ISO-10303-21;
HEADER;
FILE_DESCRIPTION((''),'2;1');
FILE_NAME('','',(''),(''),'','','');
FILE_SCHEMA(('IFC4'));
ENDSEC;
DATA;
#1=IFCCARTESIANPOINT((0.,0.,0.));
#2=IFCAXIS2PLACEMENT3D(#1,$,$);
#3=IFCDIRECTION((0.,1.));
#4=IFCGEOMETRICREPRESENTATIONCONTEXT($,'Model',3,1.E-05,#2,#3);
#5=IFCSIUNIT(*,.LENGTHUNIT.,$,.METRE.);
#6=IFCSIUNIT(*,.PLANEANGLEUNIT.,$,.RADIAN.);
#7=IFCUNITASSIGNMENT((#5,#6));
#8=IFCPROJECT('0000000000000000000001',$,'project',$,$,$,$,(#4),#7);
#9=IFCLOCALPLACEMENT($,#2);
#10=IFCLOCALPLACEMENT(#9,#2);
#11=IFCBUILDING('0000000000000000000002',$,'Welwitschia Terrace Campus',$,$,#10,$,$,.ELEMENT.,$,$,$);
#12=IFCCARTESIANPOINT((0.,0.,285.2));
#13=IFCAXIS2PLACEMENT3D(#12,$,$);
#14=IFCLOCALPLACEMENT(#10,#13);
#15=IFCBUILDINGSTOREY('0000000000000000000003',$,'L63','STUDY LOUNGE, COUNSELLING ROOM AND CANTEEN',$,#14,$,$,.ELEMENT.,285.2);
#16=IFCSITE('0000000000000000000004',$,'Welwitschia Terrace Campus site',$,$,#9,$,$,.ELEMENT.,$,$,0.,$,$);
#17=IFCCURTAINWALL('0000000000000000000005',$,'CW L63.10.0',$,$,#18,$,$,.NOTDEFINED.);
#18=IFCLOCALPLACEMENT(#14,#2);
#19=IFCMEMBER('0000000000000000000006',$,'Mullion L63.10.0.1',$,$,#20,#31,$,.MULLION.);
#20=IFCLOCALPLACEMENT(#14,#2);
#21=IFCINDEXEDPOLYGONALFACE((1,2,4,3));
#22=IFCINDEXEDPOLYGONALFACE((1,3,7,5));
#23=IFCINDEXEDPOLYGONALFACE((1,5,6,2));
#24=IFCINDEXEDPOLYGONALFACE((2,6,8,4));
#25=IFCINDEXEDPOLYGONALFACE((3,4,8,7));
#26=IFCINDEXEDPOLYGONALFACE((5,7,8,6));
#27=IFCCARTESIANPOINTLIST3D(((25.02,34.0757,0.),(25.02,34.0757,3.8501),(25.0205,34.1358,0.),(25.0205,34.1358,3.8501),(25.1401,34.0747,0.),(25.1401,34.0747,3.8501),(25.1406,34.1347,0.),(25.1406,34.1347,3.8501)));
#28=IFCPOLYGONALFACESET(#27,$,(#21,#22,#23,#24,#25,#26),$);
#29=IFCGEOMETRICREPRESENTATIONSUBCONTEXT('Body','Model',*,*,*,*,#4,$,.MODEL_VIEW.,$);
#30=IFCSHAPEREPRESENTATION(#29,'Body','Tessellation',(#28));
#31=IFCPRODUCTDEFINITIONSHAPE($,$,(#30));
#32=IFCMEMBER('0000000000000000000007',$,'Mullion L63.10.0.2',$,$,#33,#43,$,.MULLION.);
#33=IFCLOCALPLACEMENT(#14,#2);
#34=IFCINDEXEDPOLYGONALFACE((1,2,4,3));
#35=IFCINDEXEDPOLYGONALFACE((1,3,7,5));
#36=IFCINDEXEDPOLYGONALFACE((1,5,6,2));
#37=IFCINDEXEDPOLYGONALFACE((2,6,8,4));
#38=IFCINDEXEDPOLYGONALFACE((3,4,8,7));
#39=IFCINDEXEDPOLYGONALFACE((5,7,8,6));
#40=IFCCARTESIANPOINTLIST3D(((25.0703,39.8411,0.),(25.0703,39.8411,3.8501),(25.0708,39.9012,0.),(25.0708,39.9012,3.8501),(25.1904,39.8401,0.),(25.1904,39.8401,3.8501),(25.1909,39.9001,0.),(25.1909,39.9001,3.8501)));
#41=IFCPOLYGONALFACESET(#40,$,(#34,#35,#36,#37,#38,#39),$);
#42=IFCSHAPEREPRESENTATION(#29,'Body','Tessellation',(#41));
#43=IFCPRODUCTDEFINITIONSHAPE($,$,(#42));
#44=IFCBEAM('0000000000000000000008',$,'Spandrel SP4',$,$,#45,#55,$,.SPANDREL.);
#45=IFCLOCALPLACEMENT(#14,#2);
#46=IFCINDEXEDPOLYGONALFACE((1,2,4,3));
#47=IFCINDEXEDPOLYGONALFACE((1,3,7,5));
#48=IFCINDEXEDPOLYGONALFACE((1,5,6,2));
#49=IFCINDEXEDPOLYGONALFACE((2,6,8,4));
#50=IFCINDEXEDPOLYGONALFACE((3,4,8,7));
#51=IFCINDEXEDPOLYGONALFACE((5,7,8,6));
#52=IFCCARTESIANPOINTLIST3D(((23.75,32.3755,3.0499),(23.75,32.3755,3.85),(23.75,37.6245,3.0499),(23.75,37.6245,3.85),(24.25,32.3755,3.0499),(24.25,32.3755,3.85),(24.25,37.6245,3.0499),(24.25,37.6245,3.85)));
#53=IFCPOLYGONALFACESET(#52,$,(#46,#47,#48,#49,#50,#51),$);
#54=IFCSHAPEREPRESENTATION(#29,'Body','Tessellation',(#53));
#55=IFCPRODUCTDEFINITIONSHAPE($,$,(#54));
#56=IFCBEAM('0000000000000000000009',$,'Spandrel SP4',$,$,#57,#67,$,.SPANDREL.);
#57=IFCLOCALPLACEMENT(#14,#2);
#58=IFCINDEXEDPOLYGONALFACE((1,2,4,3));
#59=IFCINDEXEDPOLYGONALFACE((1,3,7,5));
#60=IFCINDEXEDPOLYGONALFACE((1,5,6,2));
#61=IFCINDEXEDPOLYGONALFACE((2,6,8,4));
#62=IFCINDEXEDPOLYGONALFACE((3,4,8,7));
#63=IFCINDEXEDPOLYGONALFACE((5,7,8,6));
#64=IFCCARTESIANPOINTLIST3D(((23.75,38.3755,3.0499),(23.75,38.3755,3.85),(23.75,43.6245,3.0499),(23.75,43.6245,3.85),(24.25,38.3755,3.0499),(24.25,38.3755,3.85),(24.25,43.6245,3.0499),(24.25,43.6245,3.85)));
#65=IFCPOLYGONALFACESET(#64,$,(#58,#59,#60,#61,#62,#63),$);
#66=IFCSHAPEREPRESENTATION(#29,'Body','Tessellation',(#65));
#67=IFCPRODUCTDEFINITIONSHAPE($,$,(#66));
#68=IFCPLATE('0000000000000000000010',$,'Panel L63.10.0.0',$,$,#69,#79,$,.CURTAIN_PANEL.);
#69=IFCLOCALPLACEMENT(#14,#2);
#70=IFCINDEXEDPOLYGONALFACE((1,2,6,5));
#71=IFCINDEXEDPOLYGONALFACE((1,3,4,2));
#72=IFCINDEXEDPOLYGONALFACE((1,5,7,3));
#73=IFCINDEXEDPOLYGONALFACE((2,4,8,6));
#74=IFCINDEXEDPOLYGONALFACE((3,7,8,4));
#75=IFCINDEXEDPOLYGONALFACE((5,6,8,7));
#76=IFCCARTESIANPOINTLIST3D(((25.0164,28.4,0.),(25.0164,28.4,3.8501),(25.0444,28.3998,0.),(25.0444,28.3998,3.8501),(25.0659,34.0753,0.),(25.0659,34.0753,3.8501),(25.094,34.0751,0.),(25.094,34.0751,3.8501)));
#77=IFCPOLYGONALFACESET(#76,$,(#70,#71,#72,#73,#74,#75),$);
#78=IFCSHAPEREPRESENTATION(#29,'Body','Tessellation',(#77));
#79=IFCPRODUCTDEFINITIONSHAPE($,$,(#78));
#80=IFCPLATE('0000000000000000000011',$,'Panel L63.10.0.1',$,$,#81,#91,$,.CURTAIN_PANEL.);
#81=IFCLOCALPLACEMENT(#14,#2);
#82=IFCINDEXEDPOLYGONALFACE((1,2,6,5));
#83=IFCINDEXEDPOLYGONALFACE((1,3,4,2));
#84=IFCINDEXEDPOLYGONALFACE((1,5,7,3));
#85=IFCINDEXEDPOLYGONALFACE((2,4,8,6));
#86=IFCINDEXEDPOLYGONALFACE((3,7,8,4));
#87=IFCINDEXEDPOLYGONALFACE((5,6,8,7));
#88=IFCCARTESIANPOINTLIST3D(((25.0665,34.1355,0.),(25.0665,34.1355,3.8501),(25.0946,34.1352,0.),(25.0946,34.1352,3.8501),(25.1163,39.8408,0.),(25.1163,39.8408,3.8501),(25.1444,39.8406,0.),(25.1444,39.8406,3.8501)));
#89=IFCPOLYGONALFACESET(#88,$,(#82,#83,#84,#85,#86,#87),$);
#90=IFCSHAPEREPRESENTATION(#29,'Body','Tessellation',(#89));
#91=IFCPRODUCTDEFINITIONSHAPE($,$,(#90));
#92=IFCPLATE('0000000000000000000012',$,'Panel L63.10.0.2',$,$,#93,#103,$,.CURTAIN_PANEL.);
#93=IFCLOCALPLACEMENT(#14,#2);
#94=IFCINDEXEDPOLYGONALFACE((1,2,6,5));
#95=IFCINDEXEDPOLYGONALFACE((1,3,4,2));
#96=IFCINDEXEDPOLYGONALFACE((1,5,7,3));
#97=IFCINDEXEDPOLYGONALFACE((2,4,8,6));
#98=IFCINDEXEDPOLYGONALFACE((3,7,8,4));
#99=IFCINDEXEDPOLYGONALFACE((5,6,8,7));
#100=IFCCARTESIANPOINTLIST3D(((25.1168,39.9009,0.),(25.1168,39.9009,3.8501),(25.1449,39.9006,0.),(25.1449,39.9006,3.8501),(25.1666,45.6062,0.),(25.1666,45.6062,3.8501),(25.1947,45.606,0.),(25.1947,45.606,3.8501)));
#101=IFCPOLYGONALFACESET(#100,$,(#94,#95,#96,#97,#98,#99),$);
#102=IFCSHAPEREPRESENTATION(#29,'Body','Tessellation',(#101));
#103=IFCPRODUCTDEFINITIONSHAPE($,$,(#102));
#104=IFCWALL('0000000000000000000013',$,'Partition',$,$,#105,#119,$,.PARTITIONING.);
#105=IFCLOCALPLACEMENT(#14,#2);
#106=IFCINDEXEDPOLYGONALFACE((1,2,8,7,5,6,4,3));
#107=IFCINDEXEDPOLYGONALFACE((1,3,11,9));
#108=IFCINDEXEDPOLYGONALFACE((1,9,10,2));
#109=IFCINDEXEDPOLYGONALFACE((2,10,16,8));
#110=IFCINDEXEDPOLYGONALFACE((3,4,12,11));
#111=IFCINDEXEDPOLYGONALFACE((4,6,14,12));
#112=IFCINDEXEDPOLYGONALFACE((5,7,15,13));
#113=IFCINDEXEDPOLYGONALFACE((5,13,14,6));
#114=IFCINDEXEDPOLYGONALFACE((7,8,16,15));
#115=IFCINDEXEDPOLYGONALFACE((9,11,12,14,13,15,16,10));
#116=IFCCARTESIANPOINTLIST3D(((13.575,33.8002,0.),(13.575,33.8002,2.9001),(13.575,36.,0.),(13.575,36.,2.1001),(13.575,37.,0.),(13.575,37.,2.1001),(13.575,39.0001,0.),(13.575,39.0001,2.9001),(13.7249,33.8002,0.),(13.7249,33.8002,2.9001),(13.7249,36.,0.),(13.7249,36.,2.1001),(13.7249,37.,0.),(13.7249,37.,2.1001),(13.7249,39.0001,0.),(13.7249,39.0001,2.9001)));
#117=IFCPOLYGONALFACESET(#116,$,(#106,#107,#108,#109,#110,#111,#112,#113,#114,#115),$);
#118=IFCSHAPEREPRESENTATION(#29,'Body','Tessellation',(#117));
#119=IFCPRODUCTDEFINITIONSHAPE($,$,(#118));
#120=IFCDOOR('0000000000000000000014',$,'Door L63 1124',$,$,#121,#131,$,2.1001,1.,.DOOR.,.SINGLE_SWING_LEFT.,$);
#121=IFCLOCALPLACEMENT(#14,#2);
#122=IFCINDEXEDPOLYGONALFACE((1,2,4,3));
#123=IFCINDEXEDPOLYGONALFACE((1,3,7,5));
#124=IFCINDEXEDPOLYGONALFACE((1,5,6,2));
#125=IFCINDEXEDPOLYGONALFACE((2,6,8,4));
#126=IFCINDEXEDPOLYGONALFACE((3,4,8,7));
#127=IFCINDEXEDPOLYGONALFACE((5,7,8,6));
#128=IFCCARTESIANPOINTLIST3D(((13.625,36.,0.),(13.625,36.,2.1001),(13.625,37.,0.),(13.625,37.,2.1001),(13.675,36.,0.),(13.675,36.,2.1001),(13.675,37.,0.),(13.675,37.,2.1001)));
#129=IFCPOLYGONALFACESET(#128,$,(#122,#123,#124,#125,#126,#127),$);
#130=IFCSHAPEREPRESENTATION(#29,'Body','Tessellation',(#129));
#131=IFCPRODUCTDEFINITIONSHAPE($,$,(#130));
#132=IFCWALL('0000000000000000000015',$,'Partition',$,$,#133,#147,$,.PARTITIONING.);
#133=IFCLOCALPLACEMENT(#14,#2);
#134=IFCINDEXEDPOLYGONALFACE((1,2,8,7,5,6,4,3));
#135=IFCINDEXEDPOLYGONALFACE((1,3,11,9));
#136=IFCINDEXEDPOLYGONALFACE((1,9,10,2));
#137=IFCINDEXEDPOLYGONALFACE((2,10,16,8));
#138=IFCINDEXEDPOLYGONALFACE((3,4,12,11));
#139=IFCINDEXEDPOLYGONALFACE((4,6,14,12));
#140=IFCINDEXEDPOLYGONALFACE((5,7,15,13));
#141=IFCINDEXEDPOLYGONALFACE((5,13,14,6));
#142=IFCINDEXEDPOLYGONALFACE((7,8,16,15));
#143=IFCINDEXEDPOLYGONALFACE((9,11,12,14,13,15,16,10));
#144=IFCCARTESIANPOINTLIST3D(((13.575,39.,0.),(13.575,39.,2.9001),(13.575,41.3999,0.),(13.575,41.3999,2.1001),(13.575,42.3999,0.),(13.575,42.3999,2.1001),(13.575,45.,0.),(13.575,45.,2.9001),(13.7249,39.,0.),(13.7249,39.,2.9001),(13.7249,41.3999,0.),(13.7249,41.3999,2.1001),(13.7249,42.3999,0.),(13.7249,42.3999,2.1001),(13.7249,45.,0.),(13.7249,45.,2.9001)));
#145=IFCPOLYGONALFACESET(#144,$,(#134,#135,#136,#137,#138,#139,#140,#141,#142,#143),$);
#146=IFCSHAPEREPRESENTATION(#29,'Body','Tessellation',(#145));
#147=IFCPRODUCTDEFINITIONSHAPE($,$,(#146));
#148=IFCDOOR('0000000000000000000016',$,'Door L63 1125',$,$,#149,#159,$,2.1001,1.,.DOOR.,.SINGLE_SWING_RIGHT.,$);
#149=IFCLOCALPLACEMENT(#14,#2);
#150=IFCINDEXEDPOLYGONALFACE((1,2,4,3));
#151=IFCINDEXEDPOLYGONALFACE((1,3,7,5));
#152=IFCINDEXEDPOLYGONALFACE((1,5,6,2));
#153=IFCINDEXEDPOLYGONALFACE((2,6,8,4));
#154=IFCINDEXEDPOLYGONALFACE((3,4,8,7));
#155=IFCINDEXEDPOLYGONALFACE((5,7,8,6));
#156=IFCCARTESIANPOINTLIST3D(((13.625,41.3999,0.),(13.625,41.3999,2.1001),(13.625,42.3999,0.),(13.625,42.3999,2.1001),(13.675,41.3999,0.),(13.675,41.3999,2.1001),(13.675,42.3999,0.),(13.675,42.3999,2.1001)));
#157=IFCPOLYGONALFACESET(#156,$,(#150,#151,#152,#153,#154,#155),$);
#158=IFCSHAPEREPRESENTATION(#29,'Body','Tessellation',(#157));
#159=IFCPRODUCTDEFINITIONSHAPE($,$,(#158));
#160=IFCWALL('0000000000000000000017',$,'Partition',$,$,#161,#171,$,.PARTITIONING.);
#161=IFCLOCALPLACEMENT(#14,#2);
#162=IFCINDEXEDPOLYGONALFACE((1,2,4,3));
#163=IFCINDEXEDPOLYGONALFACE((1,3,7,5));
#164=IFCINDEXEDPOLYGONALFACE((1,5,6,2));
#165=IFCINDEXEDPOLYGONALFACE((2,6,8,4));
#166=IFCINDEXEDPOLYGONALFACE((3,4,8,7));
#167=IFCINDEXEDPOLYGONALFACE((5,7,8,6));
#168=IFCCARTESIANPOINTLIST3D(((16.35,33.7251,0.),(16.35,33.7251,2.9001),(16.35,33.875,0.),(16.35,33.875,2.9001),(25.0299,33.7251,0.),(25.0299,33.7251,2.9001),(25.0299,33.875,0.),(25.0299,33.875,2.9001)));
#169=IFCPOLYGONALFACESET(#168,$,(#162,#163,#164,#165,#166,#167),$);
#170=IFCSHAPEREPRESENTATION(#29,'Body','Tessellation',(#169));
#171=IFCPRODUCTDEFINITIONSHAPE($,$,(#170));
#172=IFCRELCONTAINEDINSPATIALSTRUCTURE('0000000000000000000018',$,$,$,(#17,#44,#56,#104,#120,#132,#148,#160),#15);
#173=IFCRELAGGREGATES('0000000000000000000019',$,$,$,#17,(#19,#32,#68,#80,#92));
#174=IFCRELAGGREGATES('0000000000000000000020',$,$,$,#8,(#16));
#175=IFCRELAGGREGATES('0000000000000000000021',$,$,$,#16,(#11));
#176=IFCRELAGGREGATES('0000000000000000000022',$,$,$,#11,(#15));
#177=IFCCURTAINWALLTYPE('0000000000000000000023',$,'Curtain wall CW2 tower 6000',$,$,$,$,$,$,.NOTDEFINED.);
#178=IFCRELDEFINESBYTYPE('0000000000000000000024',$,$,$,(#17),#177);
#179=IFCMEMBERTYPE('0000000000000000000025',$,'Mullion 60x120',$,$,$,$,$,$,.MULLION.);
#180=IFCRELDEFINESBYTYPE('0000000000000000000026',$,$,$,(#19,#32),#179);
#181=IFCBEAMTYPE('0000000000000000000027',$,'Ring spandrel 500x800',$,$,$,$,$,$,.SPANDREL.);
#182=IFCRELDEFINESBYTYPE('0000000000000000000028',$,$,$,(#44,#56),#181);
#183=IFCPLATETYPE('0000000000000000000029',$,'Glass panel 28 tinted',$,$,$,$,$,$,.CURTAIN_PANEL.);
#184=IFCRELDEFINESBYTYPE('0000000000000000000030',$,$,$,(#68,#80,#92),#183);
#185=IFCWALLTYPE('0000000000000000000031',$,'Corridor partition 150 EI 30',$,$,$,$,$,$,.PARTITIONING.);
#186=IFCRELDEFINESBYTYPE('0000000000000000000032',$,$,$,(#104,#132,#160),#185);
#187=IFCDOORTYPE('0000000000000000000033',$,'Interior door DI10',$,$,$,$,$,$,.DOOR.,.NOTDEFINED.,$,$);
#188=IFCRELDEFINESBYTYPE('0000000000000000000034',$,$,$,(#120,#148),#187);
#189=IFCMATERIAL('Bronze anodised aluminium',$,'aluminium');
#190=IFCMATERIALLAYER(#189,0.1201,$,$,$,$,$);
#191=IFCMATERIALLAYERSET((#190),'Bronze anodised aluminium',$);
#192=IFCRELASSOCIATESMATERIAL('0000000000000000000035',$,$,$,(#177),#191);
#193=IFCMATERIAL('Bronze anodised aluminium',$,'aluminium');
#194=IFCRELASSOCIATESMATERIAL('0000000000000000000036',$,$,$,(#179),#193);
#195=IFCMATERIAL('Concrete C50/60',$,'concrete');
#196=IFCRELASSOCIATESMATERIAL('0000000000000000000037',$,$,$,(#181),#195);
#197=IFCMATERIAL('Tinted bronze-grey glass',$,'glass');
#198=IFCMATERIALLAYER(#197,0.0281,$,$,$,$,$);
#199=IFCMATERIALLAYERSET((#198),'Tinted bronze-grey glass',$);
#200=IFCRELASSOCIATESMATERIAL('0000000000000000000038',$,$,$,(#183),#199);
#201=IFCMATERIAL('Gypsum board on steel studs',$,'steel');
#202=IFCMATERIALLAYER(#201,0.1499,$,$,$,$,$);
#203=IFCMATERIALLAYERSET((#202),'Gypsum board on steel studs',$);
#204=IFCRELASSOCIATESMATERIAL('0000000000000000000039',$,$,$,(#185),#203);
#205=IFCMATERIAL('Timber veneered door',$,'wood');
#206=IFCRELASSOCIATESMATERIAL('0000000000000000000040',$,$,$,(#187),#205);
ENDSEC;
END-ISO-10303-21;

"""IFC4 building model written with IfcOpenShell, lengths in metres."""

from ifc_helpers import new_model, si_unit, direction, frame, frame_2d, origin, origin_2d, place, context, subcontext, project, spatial, rectangle, extrude, material, layer, layer_set, material_profile, profile_set, type_object, element, fill, aggregate, save


model = new_model("IFC4")

# Units and contexts
model_context = context("Model", 3, precision=1e-05, world=origin(), true_north=direction((0.0, 1.0)))
body_context = subcontext(model_context, "Body", "Model", "MODEL_VIEW")
ifc_project = project(units=[si_unit("LENGTHUNIT", "METRE"), si_unit("PLANEANGLEUNIT", "RADIAN")], contexts=[model_context])

# Site, building, storey
site_placement = place(None, origin())
site = spatial("IfcSite", under=ifc_project, at=site_placement, Name="Welwitschia Terrace Campus site", CompositionType="ELEMENT", RefElevation=0.0)
building_placement = place(site_placement, origin())
building = spatial("IfcBuilding", under=site, at=building_placement, Name="Welwitschia Terrace Campus", CompositionType="ELEMENT")
storey_placement = place(building_placement, frame((0.0, 0.0, 285.2)))
storey = spatial("IfcBuildingStorey", under=building, at=storey_placement, Name="L63", Description="STUDY LOUNGE, COUNSELLING ROOM AND CANTEEN", CompositionType="ELEMENT", Elevation=285.2)

# Curtain wall, members
ifc_material_1 = material(Name="Bronze anodised aluminium", Category="aluminium")
ifc_layer_1 = layer(ifc_material_1, 0.1201)
ifc_layer_set_1 = layer_set([ifc_layer_1], Name="Bronze anodised aluminium")
curtain_wall_type = type_object("IfcCurtainWallType", Name="Curtain wall CW2 tower 6000", PredefinedType="NOTDEFINED", material=ifc_layer_set_1)
curtain_wall_placement = place(storey_placement, origin())
curtain_wall = element("IfcCurtainWall", 1, at=curtain_wall_placement, inside=storey, type_object=curtain_wall_type, Name="CW L63.10.0", PredefinedType="NOTDEFINED")
ifc_material_2 = material(Name="Bronze anodised aluminium", Category="aluminium")
ifc_material_profile_1 = material_profile(ifc_material_2, rectangle(XDim=0.1201, YDim=0.0601, at=origin_2d()))
ifc_profile_set_1 = profile_set([ifc_material_profile_1], Name="Bronze anodised aluminium")
member_type = type_object("IfcMemberType", Name="Mullion 60x120", PredefinedType="MULLION", material=ifc_profile_set_1)
member_1_placement = place(storey_placement, frame((25.0803, 34.1052, 0.0), z_axis=(0.0, 0.0, 1.0), x_axis=(-0.999962, 0.008727, 0.0)))
member_1 = element("IfcMember", 2, at=member_1_placement, type_object=member_type, Name="Mullion L63.10.0.1", PredefinedType="MULLION", context=body_context, shape_type="SweptSolid", body=[
    extrude(rectangle(XDim=0.1201, YDim=0.0601, at=origin_2d()), origin(), (0.0, 0.0, 1.0), 3.8501),
])
member_2_placement = place(storey_placement, frame((25.1306, 39.8706, 0.0), z_axis=(0.0, 0.0, 1.0), x_axis=(-0.999962, 0.008727, 0.0)))
member_2 = element("IfcMember", 3, at=member_2_placement, type_object=member_type, Name="Mullion L63.10.0.2", PredefinedType="MULLION", context=body_context, shape_type="SweptSolid", body=[
    extrude(rectangle(XDim=0.1201, YDim=0.0601, at=origin_2d()), origin(), (0.0, 0.0, 1.0), 3.8501),
])

# Beams
ifc_material_3 = material(Name="Concrete C50/60", Category="concrete")
ifc_material_profile_2 = material_profile(ifc_material_3, rectangle(XDim=0.5, YDim=0.8, at=origin_2d()))
ifc_profile_set_2 = profile_set([ifc_material_profile_2], Name="Concrete C50/60")
beam_type_1 = type_object("IfcBeamType", Name="Ring spandrel 500x800", PredefinedType="SPANDREL", material=ifc_profile_set_2)
for number, where, z_axis, x_axis, name in (
    (4, (24.0, 32.3755, 3.45), (0.0, 1.0, 0.0), (-1.0, 0.0, 0.0), "Spandrel SP4"),
    (5, (24.0, 38.3755, 3.45), (0.0, 1.0, 0.0), (-1.0, 0.0, 0.0), "Spandrel SP4"),
):
    element("IfcBeam", number, at=place(storey_placement, frame(where, z_axis=z_axis, x_axis=x_axis)), inside=storey, type_object=beam_type_1, Name=name, PredefinedType="SPANDREL", context=body_context, shape_type="SweptSolid", body=[
        extrude(rectangle(XDim=0.5, YDim=0.8, at=origin_2d()), origin(), (0.0, 0.0, 1.0), 5.249),
    ])

# Plates
ifc_material_4 = material(Name="Tinted bronze-grey glass", Category="glass")
ifc_layer_2 = layer(ifc_material_4, 0.0281)
ifc_layer_set_2 = layer_set([ifc_layer_2], Name="Tinted bronze-grey glass")
plate_type = type_object("IfcPlateType", Name="Glass panel 28 tinted", PredefinedType="CURTAIN_PANEL", material=ifc_layer_set_2)
plate_1_placement = place(storey_placement, frame((25.0552, 31.2375, 0.0), z_axis=(0.0, 0.0, 1.0), x_axis=(0.008727, 0.999962, 0.0)))
plate_1 = element("IfcPlate", 6, at=plate_1_placement, type_object=plate_type, Name="Panel L63.10.0.0", PredefinedType="CURTAIN_PANEL", context=body_context, shape_type="SweptSolid", body=[
    extrude(rectangle(XDim=5.6755, YDim=0.0281, at=origin_2d()), origin(), (0.0, 0.0, 1.0), 3.8501),
])
plate_2_placement = place(storey_placement, frame((25.1055, 36.988, 0.0), z_axis=(0.0, 0.0, 1.0), x_axis=(0.008727, 0.999962, 0.0)))
plate_2 = element("IfcPlate", 7, at=plate_2_placement, type_object=plate_type, Name="Panel L63.10.0.1", PredefinedType="CURTAIN_PANEL", context=body_context, shape_type="SweptSolid", body=[
    extrude(rectangle(XDim=5.7056, YDim=0.0281, at=origin_2d()), origin(), (0.0, 0.0, 1.0), 3.8501),
])
plate_3_placement = place(storey_placement, frame((25.1558, 42.7534, 0.0), z_axis=(0.0, 0.0, 1.0), x_axis=(0.008727, 0.999962, 0.0)))
plate_3 = element("IfcPlate", 8, at=plate_3_placement, type_object=plate_type, Name="Panel L63.10.0.2", PredefinedType="CURTAIN_PANEL", context=body_context, shape_type="SweptSolid", body=[
    extrude(rectangle(XDim=5.7056, YDim=0.0281, at=origin_2d()), origin(), (0.0, 0.0, 1.0), 3.8501),
])
aggregate(curtain_wall, [member_1, member_2, plate_1, plate_2, plate_3])

# Walls, openings, doors
ifc_material_5 = material(Name="Gypsum board on steel studs", Category="steel")
ifc_layer_3 = layer(ifc_material_5, 0.1499)
ifc_layer_set_3 = layer_set([ifc_layer_3], Name="Gypsum board on steel studs")
wall_type = type_object("IfcWallType", Name="Corridor partition 150 EI 30", PredefinedType="PARTITIONING", material=ifc_layer_set_3)
wall_1_placement = place(storey_placement, frame((13.6499, 33.8, 0.0), z_axis=(0.0, 0.0, 1.0), x_axis=(0.0, 1.0, 0.0)))
wall_1 = element("IfcWall", 9, at=wall_1_placement, inside=storey, type_object=wall_type, Name="Partition", PredefinedType="PARTITIONING", context=body_context, shape_type="SweptSolid", body=[
    extrude(rectangle(XDim=5.2, YDim=0.1499, at=frame_2d((2.6001, 0.0))), origin(), (0.0, 0.0, 1.0), 2.9001),
])
opening_1_placement = place(wall_1_placement, frame((2.2, 0.0, 0.0)))
opening_1 = element("IfcOpeningElement", 10, at=opening_1_placement, cuts=wall_1, PredefinedType="OPENING", context=body_context, shape_type="SweptSolid", body=[
    extrude(rectangle(XDim=1.0, YDim=2.1001, at=frame_2d((0.5, 1.05))), frame((0.0, 0.085, 0.0), z_axis=(0.0, -1.0, 0.0), x_axis=(1.0, 0.0, 0.0)), (0.0, 0.0, 1.0), 0.1699),
])
ifc_material_6 = material(Name="Timber veneered door", Category="wood")
door_type = type_object("IfcDoorType", Name="Interior door DI10", OperationType="NOTDEFINED", PredefinedType="DOOR", material=ifc_material_6)
door_1_placement = place(opening_1_placement, origin())
door_1 = element("IfcDoor", 11, at=door_1_placement, inside=storey, type_object=door_type, Name="Door L63 1124", OperationType="SINGLE_SWING_LEFT", OverallHeight=2.1001, OverallWidth=1.0, PredefinedType="DOOR", context=body_context, shape_type="SweptSolid", body=[
    extrude(rectangle(XDim=1.0, YDim=2.1001, at=frame_2d((0.5, 1.05))), frame((0.0, 0.0249, 0.0), z_axis=(0.0, -1.0, 0.0), x_axis=(1.0, 0.0, 0.0)), (0.0, 0.0, 1.0), 0.05),
])
fill(opening_1, door_1)
wall_2_placement = place(storey_placement, frame((13.6499, 39.0, 0.0), z_axis=(0.0, 0.0, 1.0), x_axis=(0.0, 1.0, 0.0)))
wall_2 = element("IfcWall", 12, at=wall_2_placement, inside=storey, type_object=wall_type, Name="Partition", PredefinedType="PARTITIONING", context=body_context, shape_type="SweptSolid", body=[
    extrude(rectangle(XDim=6.0, YDim=0.1499, at=frame_2d((3.0, 0.0))), origin(), (0.0, 0.0, 1.0), 2.9001),
])
opening_2_placement = place(wall_2_placement, frame((2.3999, 0.0, 0.0)))
opening_2 = element("IfcOpeningElement", 13, at=opening_2_placement, cuts=wall_2, PredefinedType="OPENING", context=body_context, shape_type="SweptSolid", body=[
    extrude(rectangle(XDim=1.0, YDim=2.1001, at=frame_2d((0.5, 1.05))), frame((0.0, 0.085, 0.0), z_axis=(0.0, -1.0, 0.0), x_axis=(1.0, 0.0, 0.0)), (0.0, 0.0, 1.0), 0.1699),
])
door_2_placement = place(opening_2_placement, origin())
door_2 = element("IfcDoor", 14, at=door_2_placement, inside=storey, type_object=door_type, Name="Door L63 1125", OperationType="SINGLE_SWING_RIGHT", OverallHeight=2.1001, OverallWidth=1.0, PredefinedType="DOOR", context=body_context, shape_type="SweptSolid", body=[
    extrude(rectangle(XDim=1.0, YDim=2.1001, at=frame_2d((0.5, 1.05))), frame((0.0, 0.0249, 0.0), z_axis=(0.0, -1.0, 0.0), x_axis=(1.0, 0.0, 0.0)), (0.0, 0.0, 1.0), 0.05),
])
fill(opening_2, door_2)

# Wall
wall_3_placement = place(storey_placement, frame((16.3501, 33.8, 0.0), z_axis=(0.0, 0.0, 1.0), x_axis=(1.0, 0.0, 0.0)))
element("IfcWall", 15, at=wall_3_placement, inside=storey, type_object=wall_type, Name="Partition", PredefinedType="PARTITIONING", context=body_context, shape_type="SweptSolid", body=[
    extrude(rectangle(XDim=8.6799, YDim=0.1499, at=frame_2d((4.3398, 0.0))), origin(), (0.0, 0.0, 1.0), 2.9001),
])

save(model, "model.ifc")
